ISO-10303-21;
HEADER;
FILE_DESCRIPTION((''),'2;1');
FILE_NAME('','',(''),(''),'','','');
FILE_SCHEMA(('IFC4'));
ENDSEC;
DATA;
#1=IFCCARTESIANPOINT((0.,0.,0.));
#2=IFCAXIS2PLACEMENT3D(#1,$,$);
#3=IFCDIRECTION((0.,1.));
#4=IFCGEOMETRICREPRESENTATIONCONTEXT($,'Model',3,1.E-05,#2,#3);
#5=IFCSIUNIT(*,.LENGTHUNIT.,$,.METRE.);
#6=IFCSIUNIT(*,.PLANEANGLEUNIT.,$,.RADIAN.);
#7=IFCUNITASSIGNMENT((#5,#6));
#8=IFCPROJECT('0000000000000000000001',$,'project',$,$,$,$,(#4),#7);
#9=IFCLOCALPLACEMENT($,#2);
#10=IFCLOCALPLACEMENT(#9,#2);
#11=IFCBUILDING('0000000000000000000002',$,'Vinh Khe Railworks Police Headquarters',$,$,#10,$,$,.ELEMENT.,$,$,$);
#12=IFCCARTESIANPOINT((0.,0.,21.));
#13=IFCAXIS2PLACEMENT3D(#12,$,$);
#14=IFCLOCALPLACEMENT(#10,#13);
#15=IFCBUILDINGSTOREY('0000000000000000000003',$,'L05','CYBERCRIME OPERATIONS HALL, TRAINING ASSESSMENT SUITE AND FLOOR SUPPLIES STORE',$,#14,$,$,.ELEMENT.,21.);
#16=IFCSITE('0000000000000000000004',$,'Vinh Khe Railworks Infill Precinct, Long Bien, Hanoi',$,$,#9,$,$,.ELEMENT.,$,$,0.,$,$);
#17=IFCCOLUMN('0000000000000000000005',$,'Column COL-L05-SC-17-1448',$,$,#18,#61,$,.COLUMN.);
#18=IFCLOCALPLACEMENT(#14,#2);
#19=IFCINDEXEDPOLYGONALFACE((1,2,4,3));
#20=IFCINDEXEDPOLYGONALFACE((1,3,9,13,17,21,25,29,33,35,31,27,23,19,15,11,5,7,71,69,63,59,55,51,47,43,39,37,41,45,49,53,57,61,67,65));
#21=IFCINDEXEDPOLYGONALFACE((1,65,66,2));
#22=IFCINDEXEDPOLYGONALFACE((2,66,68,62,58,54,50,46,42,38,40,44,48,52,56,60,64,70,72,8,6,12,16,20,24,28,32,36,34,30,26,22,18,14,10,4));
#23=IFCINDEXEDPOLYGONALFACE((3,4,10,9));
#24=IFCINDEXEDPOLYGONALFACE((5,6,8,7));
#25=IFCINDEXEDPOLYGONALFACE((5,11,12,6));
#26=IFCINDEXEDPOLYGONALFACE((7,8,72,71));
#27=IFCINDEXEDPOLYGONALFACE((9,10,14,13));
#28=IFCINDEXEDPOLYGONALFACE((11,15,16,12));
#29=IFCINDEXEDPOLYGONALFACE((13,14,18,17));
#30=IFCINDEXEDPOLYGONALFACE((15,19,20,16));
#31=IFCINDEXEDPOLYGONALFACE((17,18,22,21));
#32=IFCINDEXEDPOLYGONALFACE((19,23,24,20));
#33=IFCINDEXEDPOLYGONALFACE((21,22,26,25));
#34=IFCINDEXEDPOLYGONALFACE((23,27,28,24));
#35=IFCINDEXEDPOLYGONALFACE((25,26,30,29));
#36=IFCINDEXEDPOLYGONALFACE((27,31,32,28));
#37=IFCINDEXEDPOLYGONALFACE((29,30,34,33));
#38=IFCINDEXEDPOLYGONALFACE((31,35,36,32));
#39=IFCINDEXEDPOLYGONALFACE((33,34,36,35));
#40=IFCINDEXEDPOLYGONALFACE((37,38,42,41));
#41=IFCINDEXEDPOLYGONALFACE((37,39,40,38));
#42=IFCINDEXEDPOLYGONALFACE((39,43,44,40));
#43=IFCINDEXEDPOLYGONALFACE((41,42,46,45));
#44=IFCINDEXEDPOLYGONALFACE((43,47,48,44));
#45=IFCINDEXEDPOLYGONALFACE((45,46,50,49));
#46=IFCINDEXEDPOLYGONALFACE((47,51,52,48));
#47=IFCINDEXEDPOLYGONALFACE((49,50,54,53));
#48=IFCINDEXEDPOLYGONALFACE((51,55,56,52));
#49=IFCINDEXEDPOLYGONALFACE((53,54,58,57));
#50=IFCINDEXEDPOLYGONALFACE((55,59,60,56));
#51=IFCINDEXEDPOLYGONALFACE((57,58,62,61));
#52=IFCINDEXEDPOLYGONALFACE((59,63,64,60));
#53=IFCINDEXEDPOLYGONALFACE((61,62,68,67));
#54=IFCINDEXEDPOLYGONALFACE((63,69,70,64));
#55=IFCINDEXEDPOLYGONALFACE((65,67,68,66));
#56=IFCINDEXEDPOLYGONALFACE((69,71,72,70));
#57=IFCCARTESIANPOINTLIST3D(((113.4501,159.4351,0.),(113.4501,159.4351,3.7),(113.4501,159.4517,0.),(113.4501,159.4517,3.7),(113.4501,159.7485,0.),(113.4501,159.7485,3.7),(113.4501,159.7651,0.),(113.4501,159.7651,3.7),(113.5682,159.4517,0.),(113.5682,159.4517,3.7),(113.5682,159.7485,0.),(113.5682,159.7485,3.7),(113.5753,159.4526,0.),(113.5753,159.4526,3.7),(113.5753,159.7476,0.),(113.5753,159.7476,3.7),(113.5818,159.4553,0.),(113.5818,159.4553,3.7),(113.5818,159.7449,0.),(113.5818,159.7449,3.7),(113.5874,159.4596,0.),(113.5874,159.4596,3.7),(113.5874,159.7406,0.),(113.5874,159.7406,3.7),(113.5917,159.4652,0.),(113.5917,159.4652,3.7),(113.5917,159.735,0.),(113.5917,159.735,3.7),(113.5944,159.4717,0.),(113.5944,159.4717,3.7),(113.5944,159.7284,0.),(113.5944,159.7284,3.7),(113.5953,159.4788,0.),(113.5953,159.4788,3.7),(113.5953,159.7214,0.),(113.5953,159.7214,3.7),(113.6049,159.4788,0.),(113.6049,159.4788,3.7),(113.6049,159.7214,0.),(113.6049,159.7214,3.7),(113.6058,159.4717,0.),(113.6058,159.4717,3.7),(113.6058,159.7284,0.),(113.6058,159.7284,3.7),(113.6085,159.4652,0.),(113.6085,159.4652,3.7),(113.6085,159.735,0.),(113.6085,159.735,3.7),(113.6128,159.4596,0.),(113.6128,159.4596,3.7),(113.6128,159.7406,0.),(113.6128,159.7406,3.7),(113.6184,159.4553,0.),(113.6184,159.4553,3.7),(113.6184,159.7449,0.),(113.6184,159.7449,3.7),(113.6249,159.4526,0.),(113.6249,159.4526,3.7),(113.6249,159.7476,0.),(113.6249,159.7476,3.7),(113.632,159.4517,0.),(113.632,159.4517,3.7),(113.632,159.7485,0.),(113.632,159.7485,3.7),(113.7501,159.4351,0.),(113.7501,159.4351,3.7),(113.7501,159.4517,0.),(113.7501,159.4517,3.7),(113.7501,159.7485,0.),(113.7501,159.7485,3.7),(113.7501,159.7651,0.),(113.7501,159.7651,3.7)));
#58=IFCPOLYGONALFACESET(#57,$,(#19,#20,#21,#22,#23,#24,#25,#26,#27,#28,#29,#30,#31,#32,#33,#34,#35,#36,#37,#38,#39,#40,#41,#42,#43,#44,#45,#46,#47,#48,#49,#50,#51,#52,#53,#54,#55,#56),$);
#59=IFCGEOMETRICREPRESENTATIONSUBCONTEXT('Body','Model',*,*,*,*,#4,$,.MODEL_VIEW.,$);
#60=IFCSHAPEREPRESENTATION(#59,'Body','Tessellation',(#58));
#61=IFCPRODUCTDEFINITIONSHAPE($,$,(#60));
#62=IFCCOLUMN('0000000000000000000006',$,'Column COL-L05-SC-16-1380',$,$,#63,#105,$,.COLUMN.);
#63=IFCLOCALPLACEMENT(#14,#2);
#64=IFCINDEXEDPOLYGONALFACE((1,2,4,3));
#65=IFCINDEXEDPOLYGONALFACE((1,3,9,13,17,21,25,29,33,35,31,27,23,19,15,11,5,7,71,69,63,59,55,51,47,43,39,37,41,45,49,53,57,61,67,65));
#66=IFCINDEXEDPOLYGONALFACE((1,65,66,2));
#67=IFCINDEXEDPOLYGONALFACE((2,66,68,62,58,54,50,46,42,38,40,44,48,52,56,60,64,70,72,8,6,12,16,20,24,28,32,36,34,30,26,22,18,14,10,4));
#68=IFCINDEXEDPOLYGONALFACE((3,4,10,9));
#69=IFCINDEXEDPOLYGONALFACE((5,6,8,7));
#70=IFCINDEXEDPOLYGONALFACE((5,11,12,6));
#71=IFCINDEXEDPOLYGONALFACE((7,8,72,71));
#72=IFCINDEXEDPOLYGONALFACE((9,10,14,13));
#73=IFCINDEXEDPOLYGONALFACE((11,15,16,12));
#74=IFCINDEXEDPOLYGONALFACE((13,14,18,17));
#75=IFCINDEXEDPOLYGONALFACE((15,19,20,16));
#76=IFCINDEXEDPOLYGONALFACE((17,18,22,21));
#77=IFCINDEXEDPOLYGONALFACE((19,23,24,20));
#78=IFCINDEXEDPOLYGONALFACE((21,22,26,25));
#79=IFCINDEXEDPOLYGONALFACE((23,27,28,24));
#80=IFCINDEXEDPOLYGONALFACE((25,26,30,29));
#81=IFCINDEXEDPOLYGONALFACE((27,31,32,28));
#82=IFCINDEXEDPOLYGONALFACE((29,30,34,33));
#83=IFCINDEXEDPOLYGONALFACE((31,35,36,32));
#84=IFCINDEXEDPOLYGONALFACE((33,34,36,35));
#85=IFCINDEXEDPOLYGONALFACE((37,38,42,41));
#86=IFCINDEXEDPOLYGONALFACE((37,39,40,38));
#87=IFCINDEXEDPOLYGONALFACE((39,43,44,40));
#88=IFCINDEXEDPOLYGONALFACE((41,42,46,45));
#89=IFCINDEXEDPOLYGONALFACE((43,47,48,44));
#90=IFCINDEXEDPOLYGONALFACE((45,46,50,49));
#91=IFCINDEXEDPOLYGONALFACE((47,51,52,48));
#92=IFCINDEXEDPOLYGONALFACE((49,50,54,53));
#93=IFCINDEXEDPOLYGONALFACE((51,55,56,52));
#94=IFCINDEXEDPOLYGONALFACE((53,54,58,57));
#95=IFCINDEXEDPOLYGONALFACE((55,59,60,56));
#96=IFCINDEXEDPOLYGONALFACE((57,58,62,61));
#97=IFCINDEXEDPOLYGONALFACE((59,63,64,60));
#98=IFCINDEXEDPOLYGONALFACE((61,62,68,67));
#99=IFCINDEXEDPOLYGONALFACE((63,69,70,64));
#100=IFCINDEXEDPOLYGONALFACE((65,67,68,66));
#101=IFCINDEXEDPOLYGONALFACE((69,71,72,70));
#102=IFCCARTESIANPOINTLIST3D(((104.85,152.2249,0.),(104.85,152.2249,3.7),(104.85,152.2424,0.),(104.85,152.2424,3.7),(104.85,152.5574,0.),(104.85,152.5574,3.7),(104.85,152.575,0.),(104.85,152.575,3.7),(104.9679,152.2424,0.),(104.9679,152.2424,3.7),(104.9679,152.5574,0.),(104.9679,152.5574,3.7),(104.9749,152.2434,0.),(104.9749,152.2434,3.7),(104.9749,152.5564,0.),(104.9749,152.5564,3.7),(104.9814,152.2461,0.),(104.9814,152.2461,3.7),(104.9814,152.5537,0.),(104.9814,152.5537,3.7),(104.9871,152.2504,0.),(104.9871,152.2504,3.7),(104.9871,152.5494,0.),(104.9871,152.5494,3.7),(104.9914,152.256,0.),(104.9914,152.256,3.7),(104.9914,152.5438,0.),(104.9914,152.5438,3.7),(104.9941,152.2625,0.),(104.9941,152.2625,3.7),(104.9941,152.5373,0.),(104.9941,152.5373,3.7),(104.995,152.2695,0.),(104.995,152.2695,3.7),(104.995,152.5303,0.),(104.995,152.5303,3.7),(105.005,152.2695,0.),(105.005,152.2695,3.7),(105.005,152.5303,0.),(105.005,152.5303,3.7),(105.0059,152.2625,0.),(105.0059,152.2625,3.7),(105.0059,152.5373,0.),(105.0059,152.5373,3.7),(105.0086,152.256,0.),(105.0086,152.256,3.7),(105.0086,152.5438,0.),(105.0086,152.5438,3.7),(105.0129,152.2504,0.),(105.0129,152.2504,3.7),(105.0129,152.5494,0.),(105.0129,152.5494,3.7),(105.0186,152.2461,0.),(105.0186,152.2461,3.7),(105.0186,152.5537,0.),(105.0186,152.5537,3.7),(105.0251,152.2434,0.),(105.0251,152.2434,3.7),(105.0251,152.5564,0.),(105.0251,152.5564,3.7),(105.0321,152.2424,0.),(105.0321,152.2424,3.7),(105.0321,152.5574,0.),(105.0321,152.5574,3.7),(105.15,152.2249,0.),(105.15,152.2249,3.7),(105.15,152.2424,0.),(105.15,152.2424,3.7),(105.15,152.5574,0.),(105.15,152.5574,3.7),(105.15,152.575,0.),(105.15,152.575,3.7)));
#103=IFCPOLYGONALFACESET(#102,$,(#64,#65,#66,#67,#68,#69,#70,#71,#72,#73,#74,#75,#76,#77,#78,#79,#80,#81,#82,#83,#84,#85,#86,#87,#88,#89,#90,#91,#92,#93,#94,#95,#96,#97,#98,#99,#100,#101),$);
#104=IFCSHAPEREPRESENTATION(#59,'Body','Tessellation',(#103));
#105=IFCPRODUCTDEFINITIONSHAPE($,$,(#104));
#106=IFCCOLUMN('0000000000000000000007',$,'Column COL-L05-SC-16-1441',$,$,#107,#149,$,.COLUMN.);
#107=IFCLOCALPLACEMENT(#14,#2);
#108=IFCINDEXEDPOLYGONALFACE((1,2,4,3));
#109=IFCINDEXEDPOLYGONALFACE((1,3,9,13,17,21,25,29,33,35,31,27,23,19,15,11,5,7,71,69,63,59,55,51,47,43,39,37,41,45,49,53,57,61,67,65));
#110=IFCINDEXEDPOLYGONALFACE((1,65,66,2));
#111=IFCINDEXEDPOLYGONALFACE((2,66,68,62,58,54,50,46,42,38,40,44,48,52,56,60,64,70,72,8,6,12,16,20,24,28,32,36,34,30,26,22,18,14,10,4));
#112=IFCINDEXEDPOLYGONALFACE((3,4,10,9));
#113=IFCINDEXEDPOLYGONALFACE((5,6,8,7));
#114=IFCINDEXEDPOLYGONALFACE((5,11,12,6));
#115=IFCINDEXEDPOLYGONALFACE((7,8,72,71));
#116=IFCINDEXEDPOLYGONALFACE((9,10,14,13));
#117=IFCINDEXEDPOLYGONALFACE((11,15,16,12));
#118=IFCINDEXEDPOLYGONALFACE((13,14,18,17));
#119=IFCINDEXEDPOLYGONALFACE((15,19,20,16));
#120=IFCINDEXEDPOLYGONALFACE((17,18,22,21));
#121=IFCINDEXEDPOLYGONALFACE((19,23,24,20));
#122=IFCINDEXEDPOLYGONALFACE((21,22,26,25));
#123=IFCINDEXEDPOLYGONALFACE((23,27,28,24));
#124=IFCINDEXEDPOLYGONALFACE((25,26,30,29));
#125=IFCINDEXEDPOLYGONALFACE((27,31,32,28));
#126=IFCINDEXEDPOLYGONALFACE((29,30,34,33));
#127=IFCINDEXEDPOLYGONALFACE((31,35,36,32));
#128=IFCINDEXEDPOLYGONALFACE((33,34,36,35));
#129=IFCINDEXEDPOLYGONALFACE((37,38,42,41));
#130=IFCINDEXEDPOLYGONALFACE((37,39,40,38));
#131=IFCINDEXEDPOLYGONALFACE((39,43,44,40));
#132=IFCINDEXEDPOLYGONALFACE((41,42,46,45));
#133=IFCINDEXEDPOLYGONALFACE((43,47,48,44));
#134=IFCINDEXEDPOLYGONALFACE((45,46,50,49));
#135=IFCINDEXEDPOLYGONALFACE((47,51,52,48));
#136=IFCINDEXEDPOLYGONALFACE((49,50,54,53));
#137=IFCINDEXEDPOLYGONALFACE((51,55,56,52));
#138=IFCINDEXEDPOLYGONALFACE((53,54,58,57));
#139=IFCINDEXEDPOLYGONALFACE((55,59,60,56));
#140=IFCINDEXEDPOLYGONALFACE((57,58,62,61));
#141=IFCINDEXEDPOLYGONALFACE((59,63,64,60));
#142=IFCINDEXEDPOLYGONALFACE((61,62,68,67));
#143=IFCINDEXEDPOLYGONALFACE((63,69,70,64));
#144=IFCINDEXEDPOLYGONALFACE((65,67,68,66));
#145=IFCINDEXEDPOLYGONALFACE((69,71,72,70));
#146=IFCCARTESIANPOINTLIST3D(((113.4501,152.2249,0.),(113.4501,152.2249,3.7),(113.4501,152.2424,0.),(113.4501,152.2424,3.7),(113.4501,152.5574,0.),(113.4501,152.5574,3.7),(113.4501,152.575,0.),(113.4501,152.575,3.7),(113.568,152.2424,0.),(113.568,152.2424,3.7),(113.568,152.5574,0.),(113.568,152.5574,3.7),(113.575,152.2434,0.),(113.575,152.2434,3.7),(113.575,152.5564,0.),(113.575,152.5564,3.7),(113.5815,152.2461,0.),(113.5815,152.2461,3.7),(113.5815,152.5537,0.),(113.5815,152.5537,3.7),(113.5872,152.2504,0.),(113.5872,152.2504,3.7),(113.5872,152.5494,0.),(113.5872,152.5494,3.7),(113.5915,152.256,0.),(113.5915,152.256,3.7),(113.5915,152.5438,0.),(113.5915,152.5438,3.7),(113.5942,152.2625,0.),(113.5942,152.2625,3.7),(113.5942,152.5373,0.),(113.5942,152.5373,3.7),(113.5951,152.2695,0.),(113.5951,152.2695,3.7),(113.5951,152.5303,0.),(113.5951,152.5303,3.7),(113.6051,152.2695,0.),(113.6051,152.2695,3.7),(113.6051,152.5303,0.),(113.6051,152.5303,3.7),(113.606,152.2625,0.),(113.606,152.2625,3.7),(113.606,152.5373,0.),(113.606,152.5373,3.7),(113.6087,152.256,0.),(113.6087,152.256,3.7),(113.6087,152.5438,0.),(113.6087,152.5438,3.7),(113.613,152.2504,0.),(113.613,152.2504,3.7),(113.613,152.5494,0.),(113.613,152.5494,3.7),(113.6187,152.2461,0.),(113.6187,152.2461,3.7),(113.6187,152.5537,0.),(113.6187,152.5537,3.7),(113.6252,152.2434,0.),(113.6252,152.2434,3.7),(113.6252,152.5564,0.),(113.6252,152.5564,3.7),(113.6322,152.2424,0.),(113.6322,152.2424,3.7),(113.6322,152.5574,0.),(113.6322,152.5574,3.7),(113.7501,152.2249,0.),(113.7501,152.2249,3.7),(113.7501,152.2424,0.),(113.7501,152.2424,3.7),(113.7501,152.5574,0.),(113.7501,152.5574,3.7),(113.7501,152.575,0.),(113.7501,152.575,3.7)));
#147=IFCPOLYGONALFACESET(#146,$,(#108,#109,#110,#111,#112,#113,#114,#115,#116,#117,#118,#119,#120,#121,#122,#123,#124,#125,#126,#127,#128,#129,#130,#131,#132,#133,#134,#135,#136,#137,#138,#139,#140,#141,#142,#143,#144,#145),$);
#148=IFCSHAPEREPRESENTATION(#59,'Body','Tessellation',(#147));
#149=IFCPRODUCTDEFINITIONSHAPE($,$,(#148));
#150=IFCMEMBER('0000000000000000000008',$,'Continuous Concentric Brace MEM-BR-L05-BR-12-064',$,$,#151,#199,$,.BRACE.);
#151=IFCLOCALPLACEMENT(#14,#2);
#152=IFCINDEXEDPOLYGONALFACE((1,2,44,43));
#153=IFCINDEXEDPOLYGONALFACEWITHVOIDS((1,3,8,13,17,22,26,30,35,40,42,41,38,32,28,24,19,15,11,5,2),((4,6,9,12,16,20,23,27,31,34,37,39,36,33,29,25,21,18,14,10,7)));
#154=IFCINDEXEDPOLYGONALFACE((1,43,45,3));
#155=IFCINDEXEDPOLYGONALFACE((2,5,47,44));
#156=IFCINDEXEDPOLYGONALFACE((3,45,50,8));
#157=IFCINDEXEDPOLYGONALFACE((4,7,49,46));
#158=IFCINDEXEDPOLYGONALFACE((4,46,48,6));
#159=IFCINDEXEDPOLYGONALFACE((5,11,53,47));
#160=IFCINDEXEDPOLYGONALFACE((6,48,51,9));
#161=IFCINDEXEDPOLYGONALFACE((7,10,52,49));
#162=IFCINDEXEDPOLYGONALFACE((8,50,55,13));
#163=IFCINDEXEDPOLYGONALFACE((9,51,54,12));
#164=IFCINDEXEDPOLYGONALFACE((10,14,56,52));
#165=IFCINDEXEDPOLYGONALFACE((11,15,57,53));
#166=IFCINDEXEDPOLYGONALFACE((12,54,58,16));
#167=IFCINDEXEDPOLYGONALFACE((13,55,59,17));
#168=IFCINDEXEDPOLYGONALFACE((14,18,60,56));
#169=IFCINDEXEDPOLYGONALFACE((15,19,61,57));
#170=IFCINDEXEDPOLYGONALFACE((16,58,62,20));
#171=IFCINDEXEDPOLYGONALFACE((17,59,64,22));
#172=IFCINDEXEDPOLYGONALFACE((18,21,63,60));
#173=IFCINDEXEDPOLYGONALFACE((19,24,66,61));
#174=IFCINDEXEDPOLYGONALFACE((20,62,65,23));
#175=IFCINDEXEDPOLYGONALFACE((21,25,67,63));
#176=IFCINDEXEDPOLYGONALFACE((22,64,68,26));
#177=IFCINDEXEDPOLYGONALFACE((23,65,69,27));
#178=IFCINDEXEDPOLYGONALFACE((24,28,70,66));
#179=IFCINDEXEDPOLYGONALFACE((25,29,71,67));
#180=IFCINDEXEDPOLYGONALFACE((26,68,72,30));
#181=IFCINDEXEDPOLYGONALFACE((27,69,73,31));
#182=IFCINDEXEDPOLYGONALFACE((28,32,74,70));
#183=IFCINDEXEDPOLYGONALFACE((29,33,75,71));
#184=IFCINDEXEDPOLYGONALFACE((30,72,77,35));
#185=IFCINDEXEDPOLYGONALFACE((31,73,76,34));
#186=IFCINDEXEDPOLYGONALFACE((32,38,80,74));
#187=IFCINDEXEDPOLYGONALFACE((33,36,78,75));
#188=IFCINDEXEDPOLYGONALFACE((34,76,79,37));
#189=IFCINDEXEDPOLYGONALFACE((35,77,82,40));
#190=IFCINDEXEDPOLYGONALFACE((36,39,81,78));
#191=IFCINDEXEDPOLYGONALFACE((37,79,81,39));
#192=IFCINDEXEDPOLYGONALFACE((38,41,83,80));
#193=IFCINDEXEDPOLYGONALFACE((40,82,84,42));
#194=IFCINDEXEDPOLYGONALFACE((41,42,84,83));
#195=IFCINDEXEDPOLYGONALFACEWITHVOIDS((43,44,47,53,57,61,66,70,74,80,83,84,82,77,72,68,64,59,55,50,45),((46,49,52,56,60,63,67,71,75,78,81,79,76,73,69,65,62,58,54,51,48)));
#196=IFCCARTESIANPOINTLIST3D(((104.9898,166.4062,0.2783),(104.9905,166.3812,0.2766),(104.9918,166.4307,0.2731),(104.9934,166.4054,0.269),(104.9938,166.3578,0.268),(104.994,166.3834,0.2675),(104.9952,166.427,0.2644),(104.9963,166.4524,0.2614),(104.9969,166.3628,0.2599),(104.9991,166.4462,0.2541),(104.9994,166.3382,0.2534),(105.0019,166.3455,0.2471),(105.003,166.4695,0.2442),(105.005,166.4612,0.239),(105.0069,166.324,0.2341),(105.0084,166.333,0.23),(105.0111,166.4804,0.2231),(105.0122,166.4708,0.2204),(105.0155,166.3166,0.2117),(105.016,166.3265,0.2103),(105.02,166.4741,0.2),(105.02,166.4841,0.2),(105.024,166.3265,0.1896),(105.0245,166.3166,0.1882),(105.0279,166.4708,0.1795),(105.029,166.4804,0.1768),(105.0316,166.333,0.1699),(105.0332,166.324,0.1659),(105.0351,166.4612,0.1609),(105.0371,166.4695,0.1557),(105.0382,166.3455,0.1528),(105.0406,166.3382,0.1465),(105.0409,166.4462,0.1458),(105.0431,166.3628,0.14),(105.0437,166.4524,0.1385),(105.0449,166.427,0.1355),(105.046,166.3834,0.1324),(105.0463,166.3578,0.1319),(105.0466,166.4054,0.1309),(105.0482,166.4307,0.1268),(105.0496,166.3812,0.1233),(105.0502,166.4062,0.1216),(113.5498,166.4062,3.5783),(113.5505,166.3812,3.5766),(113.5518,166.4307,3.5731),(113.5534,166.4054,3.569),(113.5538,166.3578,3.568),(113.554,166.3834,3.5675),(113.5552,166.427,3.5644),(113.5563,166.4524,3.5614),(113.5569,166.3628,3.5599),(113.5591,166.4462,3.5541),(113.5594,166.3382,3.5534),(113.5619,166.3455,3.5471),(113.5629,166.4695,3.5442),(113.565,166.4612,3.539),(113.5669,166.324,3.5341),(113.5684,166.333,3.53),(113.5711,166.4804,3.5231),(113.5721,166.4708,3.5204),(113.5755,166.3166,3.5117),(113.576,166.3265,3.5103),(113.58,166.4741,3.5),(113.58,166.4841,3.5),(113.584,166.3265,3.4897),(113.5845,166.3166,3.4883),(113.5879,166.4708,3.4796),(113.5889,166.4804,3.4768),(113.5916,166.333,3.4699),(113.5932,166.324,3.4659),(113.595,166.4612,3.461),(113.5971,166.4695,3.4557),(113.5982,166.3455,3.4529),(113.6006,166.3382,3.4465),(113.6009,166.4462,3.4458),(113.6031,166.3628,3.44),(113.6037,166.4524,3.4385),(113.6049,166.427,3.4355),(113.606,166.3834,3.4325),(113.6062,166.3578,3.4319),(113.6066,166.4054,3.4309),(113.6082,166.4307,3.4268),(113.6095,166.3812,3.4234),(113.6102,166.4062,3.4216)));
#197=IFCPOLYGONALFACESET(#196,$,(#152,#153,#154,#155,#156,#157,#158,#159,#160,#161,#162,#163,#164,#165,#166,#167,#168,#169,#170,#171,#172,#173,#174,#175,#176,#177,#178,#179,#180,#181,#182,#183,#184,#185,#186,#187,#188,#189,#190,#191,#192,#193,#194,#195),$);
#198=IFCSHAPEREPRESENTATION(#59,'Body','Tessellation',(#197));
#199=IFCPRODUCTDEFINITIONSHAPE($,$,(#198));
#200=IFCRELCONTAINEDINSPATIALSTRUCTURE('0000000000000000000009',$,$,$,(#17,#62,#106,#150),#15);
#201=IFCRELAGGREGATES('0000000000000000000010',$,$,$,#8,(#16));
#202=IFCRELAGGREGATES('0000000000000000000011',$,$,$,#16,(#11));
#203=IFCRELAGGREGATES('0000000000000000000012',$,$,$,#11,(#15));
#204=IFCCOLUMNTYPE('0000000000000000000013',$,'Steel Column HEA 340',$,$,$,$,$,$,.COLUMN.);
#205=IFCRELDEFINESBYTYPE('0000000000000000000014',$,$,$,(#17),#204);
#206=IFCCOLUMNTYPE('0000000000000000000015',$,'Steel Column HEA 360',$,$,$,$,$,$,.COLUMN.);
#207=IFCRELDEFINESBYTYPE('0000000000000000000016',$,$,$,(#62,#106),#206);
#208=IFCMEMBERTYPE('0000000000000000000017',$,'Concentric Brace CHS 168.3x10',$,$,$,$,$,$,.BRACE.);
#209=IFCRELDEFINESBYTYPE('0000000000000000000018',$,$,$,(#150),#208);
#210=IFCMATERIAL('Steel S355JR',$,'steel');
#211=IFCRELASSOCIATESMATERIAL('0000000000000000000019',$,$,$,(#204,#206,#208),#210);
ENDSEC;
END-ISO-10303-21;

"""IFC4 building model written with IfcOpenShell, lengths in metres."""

from ifc_helpers import new_model, si_unit, direction, frame, origin, origin_2d, place, context, subcontext, project, spatial, hollow_circle, i_section, extrude, material, material_profile, profile_set, type_object, element, save


model = new_model("IFC4")

# Units and contexts
model_context = context("Model", 3, precision=1e-05, world=origin(), true_north=direction((0.0, 1.0)))
body_context = subcontext(model_context, "Body", "Model", "MODEL_VIEW")
ifc_project = project(units=[si_unit("LENGTHUNIT", "METRE"), si_unit("PLANEANGLEUNIT", "RADIAN")], contexts=[model_context])

# Site, building, storey
site_placement = place(None, origin())
site = spatial("IfcSite", under=ifc_project, at=site_placement, Name="Vinh Khe Railworks Infill Precinct, Long Bien, Hanoi", CompositionType="ELEMENT", RefElevation=0.0)
building_placement = place(site_placement, origin())
building = spatial("IfcBuilding", under=site, at=building_placement, Name="Vinh Khe Railworks Police Headquarters", CompositionType="ELEMENT")
storey_placement = place(building_placement, frame((0.0, 0.0, 21.0)))
storey = spatial("IfcBuildingStorey", under=building, at=storey_placement, Name="L05", Description="CYBERCRIME OPERATIONS HALL, TRAINING ASSESSMENT SUITE AND FLOOR SUPPLIES STORE", CompositionType="ELEMENT", Elevation=21.0)

# Columns
ifc_material_1 = material(Name="Steel S355JR", Category="steel")
ifc_material_profile_1 = material_profile(ifc_material_1, i_section(OverallWidth=0.3, OverallDepth=0.3301, WebThickness=0.0095, FlangeThickness=0.0166, FilletRadius=0.0271, at=origin_2d()), Name="HEA 340")
ifc_profile_set_1 = profile_set([ifc_material_profile_1], Name="Steel S355JR")
column_type_1 = type_object("IfcColumnType", Name="Steel Column HEA 340", PredefinedType="COLUMN", material=ifc_profile_set_1)
for number, where, z_axis, x_axis, name in (
    (1, (113.6001, 159.6001, 0.0), (0.0, 0.0, 1.0), (1.0, 0.0, 0.0), "Column COL-L05-SC-17-1448"),
):
    element("IfcColumn", number, at=place(storey_placement, frame(where, z_axis=z_axis, x_axis=x_axis)), inside=storey, type_object=column_type_1, Name=name, PredefinedType="COLUMN", context=body_context, shape_type="SweptSolid", body=[
        extrude(i_section(OverallWidth=0.3, OverallDepth=0.3301, WebThickness=0.0095, FlangeThickness=0.0166, FilletRadius=0.0271, at=origin_2d()), origin(), (0.0, 0.0, 1.0), 3.7),
    ])
ifc_material_profile_2 = material_profile(ifc_material_1, i_section(OverallWidth=0.3, OverallDepth=0.3501, WebThickness=0.01, FlangeThickness=0.0176, FilletRadius=0.0271, at=origin_2d()), Name="HEA 360")
ifc_profile_set_2 = profile_set([ifc_material_profile_2], Name="Steel S355JR")
column_type_2 = type_object("IfcColumnType", Name="Steel Column HEA 360", PredefinedType="COLUMN", material=ifc_profile_set_2)
for number, where, z_axis, x_axis, name in (
    (2, (105.0, 152.3999, 0.0), (0.0, 0.0, 1.0), (1.0, 0.0, 0.0), "Column COL-L05-SC-16-1380"),
    (3, (113.6001, 152.3999, 0.0), (0.0, 0.0, 1.0), (1.0, 0.0, 0.0), "Column COL-L05-SC-16-1441"),
):
    element("IfcColumn", number, at=place(storey_placement, frame(where, z_axis=z_axis, x_axis=x_axis)), inside=storey, type_object=column_type_2, Name=name, PredefinedType="COLUMN", context=body_context, shape_type="SweptSolid", body=[
        extrude(i_section(OverallWidth=0.3, OverallDepth=0.3501, WebThickness=0.01, FlangeThickness=0.0176, FilletRadius=0.0271, at=origin_2d()), origin(), (0.0, 0.0, 1.0), 3.7),
    ])

# Member
ifc_material_profile_3 = material_profile(ifc_material_1, hollow_circle(Radius=0.0842, WallThickness=0.01, at=origin_2d()), Name="CHS 168.3x10")
ifc_profile_set_3 = profile_set([ifc_material_profile_3], Name="Steel S355JR")
member_type = type_object("IfcMemberType", Name="Concentric Brace CHS 168.3x10", PredefinedType="BRACE", material=ifc_profile_set_3)
member_1_placement = place(storey_placement, frame((105.02, 166.3999, 0.2), z_axis=(0.933063, 0.0, 0.359712), x_axis=(0.0, 1.0, 0.0)))
element("IfcMember", 4, at=member_1_placement, inside=storey, type_object=member_type, Name="Continuous Concentric Brace MEM-BR-L05-BR-12-064", PredefinedType="BRACE", context=body_context, shape_type="SweptSolid", body=[
    extrude(hollow_circle(Radius=0.0842, WallThickness=0.01, at=origin_2d()), origin(), (0.0, 0.0, 1.0), 9.1741),
])

save(model, "model.ifc")
